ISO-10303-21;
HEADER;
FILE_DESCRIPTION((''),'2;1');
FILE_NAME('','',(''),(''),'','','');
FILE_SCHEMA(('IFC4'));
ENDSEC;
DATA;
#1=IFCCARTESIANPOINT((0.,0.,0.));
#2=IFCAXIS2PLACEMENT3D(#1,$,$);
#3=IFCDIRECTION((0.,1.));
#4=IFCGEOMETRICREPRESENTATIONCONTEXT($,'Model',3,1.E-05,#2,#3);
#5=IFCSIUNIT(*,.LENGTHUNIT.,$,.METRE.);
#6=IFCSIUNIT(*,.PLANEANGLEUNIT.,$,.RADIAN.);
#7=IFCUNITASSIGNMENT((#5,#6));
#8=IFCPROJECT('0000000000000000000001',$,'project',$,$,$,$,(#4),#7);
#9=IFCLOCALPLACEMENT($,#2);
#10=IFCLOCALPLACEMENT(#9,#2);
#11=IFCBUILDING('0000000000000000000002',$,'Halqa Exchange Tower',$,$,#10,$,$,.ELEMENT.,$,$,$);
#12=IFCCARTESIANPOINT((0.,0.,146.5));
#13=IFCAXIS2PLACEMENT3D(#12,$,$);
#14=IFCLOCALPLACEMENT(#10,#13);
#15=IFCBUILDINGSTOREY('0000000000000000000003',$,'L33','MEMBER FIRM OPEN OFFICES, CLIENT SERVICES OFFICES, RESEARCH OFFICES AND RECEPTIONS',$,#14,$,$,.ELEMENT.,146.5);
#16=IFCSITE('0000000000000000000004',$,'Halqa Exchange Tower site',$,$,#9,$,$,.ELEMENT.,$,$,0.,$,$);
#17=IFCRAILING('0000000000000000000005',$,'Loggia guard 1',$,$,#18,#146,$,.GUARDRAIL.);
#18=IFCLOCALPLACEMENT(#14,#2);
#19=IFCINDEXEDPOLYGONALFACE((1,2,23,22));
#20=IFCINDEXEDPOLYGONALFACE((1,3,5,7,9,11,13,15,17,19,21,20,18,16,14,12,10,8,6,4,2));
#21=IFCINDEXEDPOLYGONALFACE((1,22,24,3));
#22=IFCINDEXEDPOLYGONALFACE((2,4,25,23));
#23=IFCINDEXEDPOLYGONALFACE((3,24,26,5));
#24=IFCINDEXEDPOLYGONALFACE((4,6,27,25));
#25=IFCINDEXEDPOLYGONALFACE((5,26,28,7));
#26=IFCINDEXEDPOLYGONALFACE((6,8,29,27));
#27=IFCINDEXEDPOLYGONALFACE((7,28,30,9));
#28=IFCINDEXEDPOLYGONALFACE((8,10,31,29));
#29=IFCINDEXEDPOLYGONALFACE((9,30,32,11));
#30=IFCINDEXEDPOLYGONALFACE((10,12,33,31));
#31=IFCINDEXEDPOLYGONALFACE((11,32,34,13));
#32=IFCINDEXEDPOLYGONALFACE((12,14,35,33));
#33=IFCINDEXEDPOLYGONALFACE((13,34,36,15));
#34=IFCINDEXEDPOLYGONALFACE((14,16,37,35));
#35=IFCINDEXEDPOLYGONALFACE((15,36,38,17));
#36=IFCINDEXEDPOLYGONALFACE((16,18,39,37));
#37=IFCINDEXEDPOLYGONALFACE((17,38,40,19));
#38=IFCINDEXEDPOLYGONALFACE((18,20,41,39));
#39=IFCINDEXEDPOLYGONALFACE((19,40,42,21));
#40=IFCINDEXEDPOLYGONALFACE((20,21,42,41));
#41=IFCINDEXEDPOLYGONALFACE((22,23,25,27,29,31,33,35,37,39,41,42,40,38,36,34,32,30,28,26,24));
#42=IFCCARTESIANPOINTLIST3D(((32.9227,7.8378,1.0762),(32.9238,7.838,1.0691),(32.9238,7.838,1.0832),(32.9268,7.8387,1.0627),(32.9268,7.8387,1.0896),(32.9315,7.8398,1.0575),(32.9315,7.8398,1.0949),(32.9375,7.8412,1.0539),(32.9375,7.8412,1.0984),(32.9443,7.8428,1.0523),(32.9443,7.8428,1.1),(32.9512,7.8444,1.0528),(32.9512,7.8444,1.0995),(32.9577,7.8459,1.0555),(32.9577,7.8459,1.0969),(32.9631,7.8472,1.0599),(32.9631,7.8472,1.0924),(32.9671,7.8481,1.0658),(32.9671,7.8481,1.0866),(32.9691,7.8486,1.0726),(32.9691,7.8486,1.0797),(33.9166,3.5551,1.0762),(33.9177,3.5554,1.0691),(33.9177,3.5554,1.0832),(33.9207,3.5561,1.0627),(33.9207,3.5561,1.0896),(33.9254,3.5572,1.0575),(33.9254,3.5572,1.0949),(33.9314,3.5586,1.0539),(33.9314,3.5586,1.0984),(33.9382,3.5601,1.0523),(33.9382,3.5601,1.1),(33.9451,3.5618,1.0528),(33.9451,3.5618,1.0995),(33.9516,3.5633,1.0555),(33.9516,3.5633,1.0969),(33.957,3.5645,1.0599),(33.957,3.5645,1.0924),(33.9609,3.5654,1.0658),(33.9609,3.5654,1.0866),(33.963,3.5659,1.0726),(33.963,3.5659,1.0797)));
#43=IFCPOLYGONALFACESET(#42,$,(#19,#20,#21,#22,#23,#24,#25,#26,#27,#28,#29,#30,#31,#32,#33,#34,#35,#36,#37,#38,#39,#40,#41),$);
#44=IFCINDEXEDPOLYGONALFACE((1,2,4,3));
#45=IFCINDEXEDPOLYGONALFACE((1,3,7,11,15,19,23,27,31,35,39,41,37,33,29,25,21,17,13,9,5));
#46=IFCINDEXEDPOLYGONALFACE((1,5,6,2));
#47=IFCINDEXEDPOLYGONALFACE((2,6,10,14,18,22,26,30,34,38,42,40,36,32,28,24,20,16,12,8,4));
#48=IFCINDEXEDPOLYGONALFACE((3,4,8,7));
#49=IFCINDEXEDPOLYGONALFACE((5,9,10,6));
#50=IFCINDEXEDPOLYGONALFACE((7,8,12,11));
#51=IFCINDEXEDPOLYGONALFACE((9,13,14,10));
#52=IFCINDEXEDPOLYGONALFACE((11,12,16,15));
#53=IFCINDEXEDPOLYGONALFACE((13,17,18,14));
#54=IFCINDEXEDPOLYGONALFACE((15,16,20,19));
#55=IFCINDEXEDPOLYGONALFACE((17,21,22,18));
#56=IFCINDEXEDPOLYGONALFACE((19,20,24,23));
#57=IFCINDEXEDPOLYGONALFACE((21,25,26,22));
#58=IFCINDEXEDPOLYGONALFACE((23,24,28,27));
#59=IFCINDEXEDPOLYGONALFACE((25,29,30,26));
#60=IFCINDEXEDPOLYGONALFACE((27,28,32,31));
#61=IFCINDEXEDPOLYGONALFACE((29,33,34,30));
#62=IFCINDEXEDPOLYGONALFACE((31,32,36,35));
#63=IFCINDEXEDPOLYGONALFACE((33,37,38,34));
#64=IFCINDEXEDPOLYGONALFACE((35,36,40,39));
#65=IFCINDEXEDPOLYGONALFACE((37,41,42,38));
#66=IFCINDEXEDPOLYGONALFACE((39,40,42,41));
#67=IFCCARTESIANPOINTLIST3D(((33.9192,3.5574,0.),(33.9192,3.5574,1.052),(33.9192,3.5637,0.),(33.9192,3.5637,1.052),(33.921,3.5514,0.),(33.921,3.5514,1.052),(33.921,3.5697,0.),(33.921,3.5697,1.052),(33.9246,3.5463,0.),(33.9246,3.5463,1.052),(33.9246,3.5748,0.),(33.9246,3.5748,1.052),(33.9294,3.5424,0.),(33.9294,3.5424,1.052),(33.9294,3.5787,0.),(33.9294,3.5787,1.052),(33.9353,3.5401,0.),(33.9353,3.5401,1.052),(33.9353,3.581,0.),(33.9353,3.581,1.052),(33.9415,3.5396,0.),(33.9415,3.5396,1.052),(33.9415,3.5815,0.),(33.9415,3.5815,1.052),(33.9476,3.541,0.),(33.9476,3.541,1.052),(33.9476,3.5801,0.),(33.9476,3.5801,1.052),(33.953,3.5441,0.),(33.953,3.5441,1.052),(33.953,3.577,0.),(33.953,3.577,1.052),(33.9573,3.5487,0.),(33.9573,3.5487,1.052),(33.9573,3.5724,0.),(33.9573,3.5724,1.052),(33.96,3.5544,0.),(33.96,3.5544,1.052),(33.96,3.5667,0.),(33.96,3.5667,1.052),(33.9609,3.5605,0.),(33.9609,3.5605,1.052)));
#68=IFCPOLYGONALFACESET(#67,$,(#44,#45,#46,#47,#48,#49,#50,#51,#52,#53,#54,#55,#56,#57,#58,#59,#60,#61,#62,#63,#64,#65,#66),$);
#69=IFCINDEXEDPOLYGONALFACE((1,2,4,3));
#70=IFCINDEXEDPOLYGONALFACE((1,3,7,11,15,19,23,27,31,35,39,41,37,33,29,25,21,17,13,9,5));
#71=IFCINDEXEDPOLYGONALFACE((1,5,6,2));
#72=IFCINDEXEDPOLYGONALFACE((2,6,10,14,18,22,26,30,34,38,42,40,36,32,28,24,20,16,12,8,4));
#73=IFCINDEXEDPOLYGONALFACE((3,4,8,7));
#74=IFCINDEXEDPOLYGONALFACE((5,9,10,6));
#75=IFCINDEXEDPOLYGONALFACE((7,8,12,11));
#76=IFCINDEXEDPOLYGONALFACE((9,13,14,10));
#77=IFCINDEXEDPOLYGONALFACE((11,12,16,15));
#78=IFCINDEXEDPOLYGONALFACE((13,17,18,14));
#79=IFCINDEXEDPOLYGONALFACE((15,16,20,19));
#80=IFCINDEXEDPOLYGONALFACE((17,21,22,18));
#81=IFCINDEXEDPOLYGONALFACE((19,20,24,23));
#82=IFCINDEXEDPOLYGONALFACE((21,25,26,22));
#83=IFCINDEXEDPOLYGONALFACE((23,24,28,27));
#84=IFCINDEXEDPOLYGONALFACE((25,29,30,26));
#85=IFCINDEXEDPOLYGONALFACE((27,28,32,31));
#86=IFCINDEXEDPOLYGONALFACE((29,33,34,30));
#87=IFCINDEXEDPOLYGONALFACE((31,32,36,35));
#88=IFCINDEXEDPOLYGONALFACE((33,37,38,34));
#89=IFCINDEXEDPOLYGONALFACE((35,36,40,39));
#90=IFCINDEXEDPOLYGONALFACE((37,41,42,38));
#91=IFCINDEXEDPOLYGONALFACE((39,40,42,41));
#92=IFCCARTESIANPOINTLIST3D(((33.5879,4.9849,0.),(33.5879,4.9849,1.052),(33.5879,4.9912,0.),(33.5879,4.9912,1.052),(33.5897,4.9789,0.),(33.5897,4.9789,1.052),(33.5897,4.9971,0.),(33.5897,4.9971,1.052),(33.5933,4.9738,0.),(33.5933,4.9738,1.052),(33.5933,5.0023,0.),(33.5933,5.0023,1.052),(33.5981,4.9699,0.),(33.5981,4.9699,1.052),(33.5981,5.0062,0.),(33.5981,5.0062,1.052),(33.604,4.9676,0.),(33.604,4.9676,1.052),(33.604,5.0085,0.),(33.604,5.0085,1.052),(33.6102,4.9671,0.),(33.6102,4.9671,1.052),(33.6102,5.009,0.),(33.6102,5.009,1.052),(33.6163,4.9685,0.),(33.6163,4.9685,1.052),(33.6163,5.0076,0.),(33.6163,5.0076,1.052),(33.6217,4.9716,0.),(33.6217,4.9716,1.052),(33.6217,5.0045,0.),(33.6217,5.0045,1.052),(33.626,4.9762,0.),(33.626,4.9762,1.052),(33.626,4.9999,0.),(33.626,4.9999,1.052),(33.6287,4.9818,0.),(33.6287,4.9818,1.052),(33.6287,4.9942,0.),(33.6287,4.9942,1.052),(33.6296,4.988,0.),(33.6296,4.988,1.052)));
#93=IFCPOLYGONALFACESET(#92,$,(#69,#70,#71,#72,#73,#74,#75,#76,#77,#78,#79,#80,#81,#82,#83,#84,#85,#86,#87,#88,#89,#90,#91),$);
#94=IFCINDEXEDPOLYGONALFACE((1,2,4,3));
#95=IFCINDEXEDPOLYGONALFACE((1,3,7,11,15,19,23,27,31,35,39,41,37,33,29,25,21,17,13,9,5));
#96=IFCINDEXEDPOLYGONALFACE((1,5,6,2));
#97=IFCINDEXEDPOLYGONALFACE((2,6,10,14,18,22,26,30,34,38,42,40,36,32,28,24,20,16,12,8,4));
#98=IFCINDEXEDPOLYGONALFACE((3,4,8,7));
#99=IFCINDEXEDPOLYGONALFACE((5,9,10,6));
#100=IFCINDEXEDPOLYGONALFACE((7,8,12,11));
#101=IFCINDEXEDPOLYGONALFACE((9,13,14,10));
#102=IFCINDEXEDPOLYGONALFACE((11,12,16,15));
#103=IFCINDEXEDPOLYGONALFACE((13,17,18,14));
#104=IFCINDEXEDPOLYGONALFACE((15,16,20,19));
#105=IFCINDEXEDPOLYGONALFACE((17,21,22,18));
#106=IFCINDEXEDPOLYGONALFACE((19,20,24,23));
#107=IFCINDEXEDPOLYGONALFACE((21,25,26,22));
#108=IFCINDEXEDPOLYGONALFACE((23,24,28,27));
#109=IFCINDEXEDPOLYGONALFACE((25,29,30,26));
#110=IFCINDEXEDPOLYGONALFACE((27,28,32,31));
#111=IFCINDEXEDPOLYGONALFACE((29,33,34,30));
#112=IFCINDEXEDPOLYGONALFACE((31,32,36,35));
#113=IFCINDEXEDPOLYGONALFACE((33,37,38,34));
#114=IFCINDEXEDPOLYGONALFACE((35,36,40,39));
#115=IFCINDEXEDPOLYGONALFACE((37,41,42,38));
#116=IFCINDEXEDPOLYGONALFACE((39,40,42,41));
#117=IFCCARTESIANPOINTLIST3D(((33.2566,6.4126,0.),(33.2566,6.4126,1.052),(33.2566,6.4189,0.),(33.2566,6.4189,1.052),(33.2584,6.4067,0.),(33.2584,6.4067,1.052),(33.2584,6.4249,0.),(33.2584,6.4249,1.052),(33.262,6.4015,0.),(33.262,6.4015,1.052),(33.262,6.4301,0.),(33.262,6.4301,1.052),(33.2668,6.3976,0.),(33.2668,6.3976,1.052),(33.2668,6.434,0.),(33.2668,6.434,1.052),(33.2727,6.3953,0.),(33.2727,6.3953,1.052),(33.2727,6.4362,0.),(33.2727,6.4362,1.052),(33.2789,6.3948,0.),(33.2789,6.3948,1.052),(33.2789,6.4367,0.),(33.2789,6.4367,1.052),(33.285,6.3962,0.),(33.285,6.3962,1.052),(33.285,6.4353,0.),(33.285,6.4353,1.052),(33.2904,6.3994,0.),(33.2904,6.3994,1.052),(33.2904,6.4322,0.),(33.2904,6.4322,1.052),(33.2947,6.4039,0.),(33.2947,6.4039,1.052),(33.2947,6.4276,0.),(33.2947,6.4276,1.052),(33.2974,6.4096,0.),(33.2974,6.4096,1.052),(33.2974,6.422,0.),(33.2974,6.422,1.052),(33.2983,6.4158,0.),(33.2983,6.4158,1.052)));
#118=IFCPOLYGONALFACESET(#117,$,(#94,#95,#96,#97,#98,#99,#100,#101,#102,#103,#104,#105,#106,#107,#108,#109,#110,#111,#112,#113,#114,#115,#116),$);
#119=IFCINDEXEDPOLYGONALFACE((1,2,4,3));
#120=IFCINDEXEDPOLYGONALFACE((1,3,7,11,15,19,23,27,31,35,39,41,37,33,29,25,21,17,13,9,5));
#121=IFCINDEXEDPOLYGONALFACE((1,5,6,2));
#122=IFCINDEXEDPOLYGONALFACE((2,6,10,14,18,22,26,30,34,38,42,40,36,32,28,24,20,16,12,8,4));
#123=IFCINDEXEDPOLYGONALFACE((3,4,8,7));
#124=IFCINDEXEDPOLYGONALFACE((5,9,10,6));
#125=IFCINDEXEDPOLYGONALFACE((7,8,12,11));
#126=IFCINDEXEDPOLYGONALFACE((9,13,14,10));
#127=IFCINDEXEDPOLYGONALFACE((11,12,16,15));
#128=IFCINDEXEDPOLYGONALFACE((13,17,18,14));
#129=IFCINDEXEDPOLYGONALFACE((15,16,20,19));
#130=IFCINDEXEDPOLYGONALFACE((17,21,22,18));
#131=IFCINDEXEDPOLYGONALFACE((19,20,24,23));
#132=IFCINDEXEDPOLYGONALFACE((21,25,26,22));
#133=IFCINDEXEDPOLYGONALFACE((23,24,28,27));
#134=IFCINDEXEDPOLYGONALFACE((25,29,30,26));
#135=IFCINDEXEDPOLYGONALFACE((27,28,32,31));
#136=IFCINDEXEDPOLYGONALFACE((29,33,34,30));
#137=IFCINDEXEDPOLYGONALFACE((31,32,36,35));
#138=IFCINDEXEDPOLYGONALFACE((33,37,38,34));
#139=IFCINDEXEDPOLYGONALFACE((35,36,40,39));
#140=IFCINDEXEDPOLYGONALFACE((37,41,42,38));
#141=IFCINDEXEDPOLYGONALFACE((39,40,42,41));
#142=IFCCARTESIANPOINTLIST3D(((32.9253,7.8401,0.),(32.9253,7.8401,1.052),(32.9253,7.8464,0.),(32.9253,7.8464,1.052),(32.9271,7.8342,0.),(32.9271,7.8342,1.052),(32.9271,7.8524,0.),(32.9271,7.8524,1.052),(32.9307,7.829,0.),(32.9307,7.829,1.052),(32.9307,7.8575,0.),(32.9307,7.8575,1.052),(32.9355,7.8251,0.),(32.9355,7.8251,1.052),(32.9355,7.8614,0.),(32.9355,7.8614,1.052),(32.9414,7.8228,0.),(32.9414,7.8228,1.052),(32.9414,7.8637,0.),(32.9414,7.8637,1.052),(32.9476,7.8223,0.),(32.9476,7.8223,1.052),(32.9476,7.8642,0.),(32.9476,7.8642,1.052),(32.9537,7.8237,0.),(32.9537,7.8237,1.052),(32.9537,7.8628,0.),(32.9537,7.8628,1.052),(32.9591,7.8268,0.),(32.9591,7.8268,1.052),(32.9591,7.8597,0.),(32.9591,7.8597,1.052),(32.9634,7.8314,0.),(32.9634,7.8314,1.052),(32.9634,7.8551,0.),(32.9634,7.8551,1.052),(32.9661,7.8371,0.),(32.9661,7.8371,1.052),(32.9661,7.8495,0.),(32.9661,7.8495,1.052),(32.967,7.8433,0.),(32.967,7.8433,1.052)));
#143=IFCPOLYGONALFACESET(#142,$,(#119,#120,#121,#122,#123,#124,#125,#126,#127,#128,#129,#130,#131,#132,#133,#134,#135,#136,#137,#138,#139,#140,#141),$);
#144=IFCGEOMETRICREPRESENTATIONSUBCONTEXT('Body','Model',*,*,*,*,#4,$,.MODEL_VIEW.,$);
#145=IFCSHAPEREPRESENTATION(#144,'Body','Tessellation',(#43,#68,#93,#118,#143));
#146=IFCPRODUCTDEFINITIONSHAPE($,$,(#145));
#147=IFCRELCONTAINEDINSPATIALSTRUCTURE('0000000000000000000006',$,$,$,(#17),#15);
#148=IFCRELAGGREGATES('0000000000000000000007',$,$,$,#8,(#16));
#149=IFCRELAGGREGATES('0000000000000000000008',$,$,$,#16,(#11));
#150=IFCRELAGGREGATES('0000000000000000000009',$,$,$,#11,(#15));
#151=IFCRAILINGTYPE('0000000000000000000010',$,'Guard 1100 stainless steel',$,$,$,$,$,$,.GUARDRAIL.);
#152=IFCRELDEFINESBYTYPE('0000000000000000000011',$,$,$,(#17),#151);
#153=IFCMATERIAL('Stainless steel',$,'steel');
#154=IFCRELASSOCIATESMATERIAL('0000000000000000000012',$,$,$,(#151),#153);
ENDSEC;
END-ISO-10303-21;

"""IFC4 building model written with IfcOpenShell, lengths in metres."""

from ifc_helpers import new_model, si_unit, direction, frame, origin, origin_2d, place, context, subcontext, project, spatial, circle, extrude, material, type_object, element, save


model = new_model("IFC4")

# Units and contexts
model_context = context("Model", 3, precision=1e-05, world=origin(), true_north=direction((0.0, 1.0)))
body_context = subcontext(model_context, "Body", "Model", "MODEL_VIEW")
ifc_project = project(units=[si_unit("LENGTHUNIT", "METRE"), si_unit("PLANEANGLEUNIT", "RADIAN")], contexts=[model_context])

# Site, building, storey
site_placement = place(None, origin())
site = spatial("IfcSite", under=ifc_project, at=site_placement, Name="Halqa Exchange Tower site", CompositionType="ELEMENT", RefElevation=0.0)
building_placement = place(site_placement, origin())
building = spatial("IfcBuilding", under=site, at=building_placement, Name="Halqa Exchange Tower", CompositionType="ELEMENT")
storey_placement = place(building_placement, frame((0.0, 0.0, 146.5)))
storey = spatial("IfcBuildingStorey", under=building, at=storey_placement, Name="L33", Description="MEMBER FIRM OPEN OFFICES, CLIENT SERVICES OFFICES, RESEARCH OFFICES AND RECEPTIONS", CompositionType="ELEMENT", Elevation=146.5)

# Railing
ifc_material_1 = material(Name="Stainless steel", Category="steel")
railing_type = type_object("IfcRailingType", Name="Guard 1100 stainless steel", PredefinedType="GUARDRAIL", material=ifc_material_1)
railing_1_placement = place(storey_placement, frame((33.9399, 3.5605, 0.0)))
element("IfcRailing", 1, at=railing_1_placement, inside=storey, type_object=railing_type, Name="Loggia guard 1", PredefinedType="GUARDRAIL", context=body_context, shape_type="SweptSolid", body=[
    extrude(circle(Radius=0.0239, at=origin_2d()), frame((0.0, 0.0, 1.0762), z_axis=(-0.226064, 0.974112, 0.0), x_axis=(-0.974112, -0.226064, 0.0)), (0.0, 0.0, 1.0), 4.3965),
    extrude(circle(Radius=0.021, at=origin_2d()), origin(), (0.0, 0.0, 1.0), 1.052),
    extrude(circle(Radius=0.021, at=origin_2d()), frame((-0.3313, 1.4275, 0.0)), (0.0, 0.0, 1.0), 1.052),
    extrude(circle(Radius=0.021, at=origin_2d()), frame((-0.6626, 2.8552, 0.0)), (0.0, 0.0, 1.0), 1.052),
    extrude(circle(Radius=0.021, at=origin_2d()), frame((-0.9939, 4.2827, 0.0)), (0.0, 0.0, 1.0), 1.052),
])

save(model, "model.ifc")
